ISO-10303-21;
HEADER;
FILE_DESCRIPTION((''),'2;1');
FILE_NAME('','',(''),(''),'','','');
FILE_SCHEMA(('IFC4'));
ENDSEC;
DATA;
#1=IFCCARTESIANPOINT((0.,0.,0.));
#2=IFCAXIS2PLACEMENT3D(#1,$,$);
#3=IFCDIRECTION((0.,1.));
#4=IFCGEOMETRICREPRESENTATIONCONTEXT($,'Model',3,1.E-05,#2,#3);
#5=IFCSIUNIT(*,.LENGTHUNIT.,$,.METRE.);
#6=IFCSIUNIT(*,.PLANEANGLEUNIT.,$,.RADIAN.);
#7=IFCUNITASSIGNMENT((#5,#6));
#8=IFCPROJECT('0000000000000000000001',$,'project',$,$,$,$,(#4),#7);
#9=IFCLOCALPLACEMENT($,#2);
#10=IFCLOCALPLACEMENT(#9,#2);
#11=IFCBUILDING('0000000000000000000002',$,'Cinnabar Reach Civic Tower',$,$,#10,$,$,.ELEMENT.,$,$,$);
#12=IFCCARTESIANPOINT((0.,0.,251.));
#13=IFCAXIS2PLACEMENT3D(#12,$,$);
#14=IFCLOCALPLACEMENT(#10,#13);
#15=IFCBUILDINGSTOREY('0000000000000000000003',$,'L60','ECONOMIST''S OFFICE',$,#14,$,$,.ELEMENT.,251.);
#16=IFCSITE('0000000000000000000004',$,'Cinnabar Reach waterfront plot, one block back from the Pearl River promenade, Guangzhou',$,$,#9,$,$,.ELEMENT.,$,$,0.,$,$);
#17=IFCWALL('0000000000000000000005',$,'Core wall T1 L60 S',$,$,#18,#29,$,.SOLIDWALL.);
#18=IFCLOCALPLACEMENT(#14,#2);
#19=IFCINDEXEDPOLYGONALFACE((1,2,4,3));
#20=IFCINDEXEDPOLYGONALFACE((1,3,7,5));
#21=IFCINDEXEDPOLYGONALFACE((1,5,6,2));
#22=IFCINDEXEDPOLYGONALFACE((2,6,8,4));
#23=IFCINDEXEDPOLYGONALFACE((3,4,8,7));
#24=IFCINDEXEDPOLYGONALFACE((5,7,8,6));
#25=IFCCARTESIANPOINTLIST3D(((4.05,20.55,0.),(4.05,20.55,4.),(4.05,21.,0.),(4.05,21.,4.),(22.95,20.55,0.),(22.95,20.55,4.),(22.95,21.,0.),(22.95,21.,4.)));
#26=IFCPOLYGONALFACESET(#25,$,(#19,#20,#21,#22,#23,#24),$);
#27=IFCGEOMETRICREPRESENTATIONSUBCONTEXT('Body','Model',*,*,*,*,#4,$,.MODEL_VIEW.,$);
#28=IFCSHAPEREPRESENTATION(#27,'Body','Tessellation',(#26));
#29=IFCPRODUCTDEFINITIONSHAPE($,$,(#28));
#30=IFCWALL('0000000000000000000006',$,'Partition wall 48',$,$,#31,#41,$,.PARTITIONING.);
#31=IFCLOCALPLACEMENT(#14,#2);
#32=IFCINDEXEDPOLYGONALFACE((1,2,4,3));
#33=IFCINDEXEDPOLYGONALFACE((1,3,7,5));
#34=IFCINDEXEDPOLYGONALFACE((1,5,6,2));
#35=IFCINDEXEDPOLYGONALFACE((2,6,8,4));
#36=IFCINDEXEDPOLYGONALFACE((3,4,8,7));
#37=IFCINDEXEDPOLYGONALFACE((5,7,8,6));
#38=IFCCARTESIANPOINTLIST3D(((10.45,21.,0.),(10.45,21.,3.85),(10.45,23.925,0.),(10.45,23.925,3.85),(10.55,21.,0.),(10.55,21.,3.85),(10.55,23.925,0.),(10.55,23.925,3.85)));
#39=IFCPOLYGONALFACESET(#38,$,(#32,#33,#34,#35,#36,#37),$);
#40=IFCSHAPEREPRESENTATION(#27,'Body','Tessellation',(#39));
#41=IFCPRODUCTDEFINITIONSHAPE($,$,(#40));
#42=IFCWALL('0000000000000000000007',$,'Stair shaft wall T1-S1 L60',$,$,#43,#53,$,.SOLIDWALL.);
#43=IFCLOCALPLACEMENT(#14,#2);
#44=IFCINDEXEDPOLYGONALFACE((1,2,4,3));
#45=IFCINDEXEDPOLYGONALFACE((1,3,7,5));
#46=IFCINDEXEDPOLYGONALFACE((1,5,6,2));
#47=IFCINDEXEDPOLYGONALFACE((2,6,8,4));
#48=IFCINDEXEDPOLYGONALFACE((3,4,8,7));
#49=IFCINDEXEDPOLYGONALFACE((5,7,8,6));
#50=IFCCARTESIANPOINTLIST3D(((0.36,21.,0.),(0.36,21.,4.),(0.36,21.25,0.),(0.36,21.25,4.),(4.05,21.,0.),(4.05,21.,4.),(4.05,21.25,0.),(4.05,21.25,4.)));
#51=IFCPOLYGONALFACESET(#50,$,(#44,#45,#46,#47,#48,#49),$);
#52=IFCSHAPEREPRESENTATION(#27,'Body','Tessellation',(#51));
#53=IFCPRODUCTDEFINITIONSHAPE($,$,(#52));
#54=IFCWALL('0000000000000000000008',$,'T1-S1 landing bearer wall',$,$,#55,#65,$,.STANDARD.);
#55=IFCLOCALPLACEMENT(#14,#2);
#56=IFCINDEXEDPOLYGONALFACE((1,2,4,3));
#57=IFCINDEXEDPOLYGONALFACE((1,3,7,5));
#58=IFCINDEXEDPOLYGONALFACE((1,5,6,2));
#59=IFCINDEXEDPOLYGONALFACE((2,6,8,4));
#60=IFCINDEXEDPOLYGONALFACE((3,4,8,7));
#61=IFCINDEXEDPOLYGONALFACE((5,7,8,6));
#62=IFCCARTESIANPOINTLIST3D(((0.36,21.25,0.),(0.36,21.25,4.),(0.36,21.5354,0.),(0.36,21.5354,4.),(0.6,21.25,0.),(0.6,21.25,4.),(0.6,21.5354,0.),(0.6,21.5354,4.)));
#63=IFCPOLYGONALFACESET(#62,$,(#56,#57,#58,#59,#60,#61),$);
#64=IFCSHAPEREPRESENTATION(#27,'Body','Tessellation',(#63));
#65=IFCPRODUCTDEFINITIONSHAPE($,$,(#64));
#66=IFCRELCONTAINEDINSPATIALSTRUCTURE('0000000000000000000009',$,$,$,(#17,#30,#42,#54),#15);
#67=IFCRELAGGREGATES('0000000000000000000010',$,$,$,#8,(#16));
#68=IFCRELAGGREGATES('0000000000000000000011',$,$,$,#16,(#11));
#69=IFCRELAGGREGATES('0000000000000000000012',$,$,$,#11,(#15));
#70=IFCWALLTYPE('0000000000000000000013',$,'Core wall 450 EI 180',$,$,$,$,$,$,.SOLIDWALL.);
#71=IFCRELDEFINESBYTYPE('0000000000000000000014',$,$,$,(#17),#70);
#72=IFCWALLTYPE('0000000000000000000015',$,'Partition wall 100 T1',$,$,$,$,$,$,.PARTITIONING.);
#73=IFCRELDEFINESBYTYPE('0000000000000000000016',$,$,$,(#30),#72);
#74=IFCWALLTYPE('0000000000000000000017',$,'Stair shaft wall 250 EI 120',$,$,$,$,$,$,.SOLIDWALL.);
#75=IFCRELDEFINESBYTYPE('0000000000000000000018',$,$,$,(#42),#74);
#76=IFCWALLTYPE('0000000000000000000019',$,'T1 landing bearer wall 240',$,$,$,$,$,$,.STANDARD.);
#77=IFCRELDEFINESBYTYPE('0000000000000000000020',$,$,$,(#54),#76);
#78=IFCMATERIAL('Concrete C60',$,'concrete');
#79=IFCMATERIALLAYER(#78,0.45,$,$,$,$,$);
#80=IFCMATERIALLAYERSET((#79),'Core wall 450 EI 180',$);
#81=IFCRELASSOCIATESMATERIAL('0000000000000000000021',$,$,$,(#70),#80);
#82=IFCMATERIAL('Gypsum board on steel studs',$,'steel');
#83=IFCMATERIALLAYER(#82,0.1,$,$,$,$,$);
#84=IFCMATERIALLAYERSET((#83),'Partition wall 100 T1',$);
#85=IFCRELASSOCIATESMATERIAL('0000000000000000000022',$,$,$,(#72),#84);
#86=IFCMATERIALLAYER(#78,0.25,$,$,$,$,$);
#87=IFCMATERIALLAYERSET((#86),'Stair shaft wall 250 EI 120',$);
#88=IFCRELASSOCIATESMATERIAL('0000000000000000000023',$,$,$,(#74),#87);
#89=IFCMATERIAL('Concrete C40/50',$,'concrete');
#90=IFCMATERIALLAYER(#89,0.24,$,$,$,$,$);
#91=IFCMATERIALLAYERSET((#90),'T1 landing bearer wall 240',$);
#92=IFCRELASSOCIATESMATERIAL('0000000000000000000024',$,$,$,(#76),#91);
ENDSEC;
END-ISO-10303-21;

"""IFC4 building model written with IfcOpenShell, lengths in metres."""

from ifc_helpers import new_model, si_unit, direction, frame, frame_2d, origin, place, context, subcontext, project, spatial, rectangle, extrude, material, layer, layer_set, type_object, element, save


model = new_model("IFC4")

# Units and contexts
model_context = context("Model", 3, precision=1e-05, world=origin(), true_north=direction((0.0, 1.0)))
body_context = subcontext(model_context, "Body", "Model", "MODEL_VIEW")
ifc_project = project(units=[si_unit("LENGTHUNIT", "METRE"), si_unit("PLANEANGLEUNIT", "RADIAN")], contexts=[model_context])

# Site, building, storey
site_placement = place(None, origin())
site = spatial("IfcSite", under=ifc_project, at=site_placement, Name="Cinnabar Reach waterfront plot, one block back from the Pearl River promenade, Guangzhou", CompositionType="ELEMENT", RefElevation=0.0)
building_placement = place(site_placement, origin())
building = spatial("IfcBuilding", under=site, at=building_placement, Name="Cinnabar Reach Civic Tower", CompositionType="ELEMENT")
storey_placement = place(building_placement, frame((0.0, 0.0, 251.0)))
storey = spatial("IfcBuildingStorey", under=building, at=storey_placement, Name="L60", Description="ECONOMIST'S OFFICE", CompositionType="ELEMENT", Elevation=251.0)

# Shared definitions
ifc_material_1 = material(Name="Concrete C60", Category="concrete")

# Shared definitions
ifc_material_2 = material(Name="Concrete C40/50", Category="concrete")

# Walls
ifc_layer_1 = layer(ifc_material_1, 0.45)
ifc_layer_set_1 = layer_set([ifc_layer_1], Name="Core wall 450 EI 180")
wall_type_1 = type_object("IfcWallType", Name="Core wall 450 EI 180", PredefinedType="SOLIDWALL", material=ifc_layer_set_1)
wall_1_placement = place(storey_placement, frame((4.05, 20.775, 0.0), z_axis=(0.0, 0.0, 1.0), x_axis=(1.0, 0.0, 0.0)))
element("IfcWall", 1, at=wall_1_placement, inside=storey, type_object=wall_type_1, Name="Core wall T1 L60 S", PredefinedType="SOLIDWALL", context=body_context, shape_type="SweptSolid", body=[
    extrude(rectangle(XDim=18.9, YDim=0.45, at=frame_2d((9.45, 0.0))), origin(), (0.0, 0.0, 1.0), 4.0),
])
ifc_material_3 = material(Name="Gypsum board on steel studs", Category="steel")
ifc_layer_2 = layer(ifc_material_3, 0.1)
ifc_layer_set_2 = layer_set([ifc_layer_2], Name="Partition wall 100 T1")
wall_type_2 = type_object("IfcWallType", Name="Partition wall 100 T1", PredefinedType="PARTITIONING", material=ifc_layer_set_2)
wall_2_placement = place(storey_placement, frame((10.5, 21.0, 0.0), z_axis=(0.0, 0.0, 1.0), x_axis=(0.0, 1.0, 0.0)))
element("IfcWall", 2, at=wall_2_placement, inside=storey, type_object=wall_type_2, Name="Partition wall 48", PredefinedType="PARTITIONING", context=body_context, shape_type="SweptSolid", body=[
    extrude(rectangle(XDim=2.925, YDim=0.1, at=frame_2d((1.4625, 0.0))), origin(), (0.0, 0.0, 1.0), 3.85),
])
ifc_layer_3 = layer(ifc_material_1, 0.25)
ifc_layer_set_3 = layer_set([ifc_layer_3], Name="Stair shaft wall 250 EI 120")
wall_type_3 = type_object("IfcWallType", Name="Stair shaft wall 250 EI 120", PredefinedType="SOLIDWALL", material=ifc_layer_set_3)
wall_3_placement = place(storey_placement, frame((0.36, 21.125, 0.0), z_axis=(0.0, 0.0, 1.0), x_axis=(1.0, 0.0, 0.0)))
element("IfcWall", 3, at=wall_3_placement, inside=storey, type_object=wall_type_3, Name="Stair shaft wall T1-S1 L60", PredefinedType="SOLIDWALL", context=body_context, shape_type="SweptSolid", body=[
    extrude(rectangle(XDim=3.69, YDim=0.25, at=frame_2d((1.845, 0.0))), origin(), (0.0, 0.0, 1.0), 4.0),
])
ifc_layer_4 = layer(ifc_material_2, 0.24)
ifc_layer_set_4 = layer_set([ifc_layer_4], Name="T1 landing bearer wall 240")
wall_type_4 = type_object("IfcWallType", Name="T1 landing bearer wall 240", PredefinedType="STANDARD", material=ifc_layer_set_4)
wall_4_placement = place(storey_placement, frame((0.48, 21.25, 0.0), z_axis=(0.0, 0.0, 1.0), x_axis=(0.0, 1.0, 0.0)))
element("IfcWall", 4, at=wall_4_placement, inside=storey, type_object=wall_type_4, Name="T1-S1 landing bearer wall", PredefinedType="STANDARD", context=body_context, shape_type="SweptSolid", body=[
    extrude(rectangle(XDim=0.2854, YDim=0.24, at=frame_2d((0.1427, 0.0))), origin(), (0.0, 0.0, 1.0), 4.0),
])

save(model, "model.ifc")
